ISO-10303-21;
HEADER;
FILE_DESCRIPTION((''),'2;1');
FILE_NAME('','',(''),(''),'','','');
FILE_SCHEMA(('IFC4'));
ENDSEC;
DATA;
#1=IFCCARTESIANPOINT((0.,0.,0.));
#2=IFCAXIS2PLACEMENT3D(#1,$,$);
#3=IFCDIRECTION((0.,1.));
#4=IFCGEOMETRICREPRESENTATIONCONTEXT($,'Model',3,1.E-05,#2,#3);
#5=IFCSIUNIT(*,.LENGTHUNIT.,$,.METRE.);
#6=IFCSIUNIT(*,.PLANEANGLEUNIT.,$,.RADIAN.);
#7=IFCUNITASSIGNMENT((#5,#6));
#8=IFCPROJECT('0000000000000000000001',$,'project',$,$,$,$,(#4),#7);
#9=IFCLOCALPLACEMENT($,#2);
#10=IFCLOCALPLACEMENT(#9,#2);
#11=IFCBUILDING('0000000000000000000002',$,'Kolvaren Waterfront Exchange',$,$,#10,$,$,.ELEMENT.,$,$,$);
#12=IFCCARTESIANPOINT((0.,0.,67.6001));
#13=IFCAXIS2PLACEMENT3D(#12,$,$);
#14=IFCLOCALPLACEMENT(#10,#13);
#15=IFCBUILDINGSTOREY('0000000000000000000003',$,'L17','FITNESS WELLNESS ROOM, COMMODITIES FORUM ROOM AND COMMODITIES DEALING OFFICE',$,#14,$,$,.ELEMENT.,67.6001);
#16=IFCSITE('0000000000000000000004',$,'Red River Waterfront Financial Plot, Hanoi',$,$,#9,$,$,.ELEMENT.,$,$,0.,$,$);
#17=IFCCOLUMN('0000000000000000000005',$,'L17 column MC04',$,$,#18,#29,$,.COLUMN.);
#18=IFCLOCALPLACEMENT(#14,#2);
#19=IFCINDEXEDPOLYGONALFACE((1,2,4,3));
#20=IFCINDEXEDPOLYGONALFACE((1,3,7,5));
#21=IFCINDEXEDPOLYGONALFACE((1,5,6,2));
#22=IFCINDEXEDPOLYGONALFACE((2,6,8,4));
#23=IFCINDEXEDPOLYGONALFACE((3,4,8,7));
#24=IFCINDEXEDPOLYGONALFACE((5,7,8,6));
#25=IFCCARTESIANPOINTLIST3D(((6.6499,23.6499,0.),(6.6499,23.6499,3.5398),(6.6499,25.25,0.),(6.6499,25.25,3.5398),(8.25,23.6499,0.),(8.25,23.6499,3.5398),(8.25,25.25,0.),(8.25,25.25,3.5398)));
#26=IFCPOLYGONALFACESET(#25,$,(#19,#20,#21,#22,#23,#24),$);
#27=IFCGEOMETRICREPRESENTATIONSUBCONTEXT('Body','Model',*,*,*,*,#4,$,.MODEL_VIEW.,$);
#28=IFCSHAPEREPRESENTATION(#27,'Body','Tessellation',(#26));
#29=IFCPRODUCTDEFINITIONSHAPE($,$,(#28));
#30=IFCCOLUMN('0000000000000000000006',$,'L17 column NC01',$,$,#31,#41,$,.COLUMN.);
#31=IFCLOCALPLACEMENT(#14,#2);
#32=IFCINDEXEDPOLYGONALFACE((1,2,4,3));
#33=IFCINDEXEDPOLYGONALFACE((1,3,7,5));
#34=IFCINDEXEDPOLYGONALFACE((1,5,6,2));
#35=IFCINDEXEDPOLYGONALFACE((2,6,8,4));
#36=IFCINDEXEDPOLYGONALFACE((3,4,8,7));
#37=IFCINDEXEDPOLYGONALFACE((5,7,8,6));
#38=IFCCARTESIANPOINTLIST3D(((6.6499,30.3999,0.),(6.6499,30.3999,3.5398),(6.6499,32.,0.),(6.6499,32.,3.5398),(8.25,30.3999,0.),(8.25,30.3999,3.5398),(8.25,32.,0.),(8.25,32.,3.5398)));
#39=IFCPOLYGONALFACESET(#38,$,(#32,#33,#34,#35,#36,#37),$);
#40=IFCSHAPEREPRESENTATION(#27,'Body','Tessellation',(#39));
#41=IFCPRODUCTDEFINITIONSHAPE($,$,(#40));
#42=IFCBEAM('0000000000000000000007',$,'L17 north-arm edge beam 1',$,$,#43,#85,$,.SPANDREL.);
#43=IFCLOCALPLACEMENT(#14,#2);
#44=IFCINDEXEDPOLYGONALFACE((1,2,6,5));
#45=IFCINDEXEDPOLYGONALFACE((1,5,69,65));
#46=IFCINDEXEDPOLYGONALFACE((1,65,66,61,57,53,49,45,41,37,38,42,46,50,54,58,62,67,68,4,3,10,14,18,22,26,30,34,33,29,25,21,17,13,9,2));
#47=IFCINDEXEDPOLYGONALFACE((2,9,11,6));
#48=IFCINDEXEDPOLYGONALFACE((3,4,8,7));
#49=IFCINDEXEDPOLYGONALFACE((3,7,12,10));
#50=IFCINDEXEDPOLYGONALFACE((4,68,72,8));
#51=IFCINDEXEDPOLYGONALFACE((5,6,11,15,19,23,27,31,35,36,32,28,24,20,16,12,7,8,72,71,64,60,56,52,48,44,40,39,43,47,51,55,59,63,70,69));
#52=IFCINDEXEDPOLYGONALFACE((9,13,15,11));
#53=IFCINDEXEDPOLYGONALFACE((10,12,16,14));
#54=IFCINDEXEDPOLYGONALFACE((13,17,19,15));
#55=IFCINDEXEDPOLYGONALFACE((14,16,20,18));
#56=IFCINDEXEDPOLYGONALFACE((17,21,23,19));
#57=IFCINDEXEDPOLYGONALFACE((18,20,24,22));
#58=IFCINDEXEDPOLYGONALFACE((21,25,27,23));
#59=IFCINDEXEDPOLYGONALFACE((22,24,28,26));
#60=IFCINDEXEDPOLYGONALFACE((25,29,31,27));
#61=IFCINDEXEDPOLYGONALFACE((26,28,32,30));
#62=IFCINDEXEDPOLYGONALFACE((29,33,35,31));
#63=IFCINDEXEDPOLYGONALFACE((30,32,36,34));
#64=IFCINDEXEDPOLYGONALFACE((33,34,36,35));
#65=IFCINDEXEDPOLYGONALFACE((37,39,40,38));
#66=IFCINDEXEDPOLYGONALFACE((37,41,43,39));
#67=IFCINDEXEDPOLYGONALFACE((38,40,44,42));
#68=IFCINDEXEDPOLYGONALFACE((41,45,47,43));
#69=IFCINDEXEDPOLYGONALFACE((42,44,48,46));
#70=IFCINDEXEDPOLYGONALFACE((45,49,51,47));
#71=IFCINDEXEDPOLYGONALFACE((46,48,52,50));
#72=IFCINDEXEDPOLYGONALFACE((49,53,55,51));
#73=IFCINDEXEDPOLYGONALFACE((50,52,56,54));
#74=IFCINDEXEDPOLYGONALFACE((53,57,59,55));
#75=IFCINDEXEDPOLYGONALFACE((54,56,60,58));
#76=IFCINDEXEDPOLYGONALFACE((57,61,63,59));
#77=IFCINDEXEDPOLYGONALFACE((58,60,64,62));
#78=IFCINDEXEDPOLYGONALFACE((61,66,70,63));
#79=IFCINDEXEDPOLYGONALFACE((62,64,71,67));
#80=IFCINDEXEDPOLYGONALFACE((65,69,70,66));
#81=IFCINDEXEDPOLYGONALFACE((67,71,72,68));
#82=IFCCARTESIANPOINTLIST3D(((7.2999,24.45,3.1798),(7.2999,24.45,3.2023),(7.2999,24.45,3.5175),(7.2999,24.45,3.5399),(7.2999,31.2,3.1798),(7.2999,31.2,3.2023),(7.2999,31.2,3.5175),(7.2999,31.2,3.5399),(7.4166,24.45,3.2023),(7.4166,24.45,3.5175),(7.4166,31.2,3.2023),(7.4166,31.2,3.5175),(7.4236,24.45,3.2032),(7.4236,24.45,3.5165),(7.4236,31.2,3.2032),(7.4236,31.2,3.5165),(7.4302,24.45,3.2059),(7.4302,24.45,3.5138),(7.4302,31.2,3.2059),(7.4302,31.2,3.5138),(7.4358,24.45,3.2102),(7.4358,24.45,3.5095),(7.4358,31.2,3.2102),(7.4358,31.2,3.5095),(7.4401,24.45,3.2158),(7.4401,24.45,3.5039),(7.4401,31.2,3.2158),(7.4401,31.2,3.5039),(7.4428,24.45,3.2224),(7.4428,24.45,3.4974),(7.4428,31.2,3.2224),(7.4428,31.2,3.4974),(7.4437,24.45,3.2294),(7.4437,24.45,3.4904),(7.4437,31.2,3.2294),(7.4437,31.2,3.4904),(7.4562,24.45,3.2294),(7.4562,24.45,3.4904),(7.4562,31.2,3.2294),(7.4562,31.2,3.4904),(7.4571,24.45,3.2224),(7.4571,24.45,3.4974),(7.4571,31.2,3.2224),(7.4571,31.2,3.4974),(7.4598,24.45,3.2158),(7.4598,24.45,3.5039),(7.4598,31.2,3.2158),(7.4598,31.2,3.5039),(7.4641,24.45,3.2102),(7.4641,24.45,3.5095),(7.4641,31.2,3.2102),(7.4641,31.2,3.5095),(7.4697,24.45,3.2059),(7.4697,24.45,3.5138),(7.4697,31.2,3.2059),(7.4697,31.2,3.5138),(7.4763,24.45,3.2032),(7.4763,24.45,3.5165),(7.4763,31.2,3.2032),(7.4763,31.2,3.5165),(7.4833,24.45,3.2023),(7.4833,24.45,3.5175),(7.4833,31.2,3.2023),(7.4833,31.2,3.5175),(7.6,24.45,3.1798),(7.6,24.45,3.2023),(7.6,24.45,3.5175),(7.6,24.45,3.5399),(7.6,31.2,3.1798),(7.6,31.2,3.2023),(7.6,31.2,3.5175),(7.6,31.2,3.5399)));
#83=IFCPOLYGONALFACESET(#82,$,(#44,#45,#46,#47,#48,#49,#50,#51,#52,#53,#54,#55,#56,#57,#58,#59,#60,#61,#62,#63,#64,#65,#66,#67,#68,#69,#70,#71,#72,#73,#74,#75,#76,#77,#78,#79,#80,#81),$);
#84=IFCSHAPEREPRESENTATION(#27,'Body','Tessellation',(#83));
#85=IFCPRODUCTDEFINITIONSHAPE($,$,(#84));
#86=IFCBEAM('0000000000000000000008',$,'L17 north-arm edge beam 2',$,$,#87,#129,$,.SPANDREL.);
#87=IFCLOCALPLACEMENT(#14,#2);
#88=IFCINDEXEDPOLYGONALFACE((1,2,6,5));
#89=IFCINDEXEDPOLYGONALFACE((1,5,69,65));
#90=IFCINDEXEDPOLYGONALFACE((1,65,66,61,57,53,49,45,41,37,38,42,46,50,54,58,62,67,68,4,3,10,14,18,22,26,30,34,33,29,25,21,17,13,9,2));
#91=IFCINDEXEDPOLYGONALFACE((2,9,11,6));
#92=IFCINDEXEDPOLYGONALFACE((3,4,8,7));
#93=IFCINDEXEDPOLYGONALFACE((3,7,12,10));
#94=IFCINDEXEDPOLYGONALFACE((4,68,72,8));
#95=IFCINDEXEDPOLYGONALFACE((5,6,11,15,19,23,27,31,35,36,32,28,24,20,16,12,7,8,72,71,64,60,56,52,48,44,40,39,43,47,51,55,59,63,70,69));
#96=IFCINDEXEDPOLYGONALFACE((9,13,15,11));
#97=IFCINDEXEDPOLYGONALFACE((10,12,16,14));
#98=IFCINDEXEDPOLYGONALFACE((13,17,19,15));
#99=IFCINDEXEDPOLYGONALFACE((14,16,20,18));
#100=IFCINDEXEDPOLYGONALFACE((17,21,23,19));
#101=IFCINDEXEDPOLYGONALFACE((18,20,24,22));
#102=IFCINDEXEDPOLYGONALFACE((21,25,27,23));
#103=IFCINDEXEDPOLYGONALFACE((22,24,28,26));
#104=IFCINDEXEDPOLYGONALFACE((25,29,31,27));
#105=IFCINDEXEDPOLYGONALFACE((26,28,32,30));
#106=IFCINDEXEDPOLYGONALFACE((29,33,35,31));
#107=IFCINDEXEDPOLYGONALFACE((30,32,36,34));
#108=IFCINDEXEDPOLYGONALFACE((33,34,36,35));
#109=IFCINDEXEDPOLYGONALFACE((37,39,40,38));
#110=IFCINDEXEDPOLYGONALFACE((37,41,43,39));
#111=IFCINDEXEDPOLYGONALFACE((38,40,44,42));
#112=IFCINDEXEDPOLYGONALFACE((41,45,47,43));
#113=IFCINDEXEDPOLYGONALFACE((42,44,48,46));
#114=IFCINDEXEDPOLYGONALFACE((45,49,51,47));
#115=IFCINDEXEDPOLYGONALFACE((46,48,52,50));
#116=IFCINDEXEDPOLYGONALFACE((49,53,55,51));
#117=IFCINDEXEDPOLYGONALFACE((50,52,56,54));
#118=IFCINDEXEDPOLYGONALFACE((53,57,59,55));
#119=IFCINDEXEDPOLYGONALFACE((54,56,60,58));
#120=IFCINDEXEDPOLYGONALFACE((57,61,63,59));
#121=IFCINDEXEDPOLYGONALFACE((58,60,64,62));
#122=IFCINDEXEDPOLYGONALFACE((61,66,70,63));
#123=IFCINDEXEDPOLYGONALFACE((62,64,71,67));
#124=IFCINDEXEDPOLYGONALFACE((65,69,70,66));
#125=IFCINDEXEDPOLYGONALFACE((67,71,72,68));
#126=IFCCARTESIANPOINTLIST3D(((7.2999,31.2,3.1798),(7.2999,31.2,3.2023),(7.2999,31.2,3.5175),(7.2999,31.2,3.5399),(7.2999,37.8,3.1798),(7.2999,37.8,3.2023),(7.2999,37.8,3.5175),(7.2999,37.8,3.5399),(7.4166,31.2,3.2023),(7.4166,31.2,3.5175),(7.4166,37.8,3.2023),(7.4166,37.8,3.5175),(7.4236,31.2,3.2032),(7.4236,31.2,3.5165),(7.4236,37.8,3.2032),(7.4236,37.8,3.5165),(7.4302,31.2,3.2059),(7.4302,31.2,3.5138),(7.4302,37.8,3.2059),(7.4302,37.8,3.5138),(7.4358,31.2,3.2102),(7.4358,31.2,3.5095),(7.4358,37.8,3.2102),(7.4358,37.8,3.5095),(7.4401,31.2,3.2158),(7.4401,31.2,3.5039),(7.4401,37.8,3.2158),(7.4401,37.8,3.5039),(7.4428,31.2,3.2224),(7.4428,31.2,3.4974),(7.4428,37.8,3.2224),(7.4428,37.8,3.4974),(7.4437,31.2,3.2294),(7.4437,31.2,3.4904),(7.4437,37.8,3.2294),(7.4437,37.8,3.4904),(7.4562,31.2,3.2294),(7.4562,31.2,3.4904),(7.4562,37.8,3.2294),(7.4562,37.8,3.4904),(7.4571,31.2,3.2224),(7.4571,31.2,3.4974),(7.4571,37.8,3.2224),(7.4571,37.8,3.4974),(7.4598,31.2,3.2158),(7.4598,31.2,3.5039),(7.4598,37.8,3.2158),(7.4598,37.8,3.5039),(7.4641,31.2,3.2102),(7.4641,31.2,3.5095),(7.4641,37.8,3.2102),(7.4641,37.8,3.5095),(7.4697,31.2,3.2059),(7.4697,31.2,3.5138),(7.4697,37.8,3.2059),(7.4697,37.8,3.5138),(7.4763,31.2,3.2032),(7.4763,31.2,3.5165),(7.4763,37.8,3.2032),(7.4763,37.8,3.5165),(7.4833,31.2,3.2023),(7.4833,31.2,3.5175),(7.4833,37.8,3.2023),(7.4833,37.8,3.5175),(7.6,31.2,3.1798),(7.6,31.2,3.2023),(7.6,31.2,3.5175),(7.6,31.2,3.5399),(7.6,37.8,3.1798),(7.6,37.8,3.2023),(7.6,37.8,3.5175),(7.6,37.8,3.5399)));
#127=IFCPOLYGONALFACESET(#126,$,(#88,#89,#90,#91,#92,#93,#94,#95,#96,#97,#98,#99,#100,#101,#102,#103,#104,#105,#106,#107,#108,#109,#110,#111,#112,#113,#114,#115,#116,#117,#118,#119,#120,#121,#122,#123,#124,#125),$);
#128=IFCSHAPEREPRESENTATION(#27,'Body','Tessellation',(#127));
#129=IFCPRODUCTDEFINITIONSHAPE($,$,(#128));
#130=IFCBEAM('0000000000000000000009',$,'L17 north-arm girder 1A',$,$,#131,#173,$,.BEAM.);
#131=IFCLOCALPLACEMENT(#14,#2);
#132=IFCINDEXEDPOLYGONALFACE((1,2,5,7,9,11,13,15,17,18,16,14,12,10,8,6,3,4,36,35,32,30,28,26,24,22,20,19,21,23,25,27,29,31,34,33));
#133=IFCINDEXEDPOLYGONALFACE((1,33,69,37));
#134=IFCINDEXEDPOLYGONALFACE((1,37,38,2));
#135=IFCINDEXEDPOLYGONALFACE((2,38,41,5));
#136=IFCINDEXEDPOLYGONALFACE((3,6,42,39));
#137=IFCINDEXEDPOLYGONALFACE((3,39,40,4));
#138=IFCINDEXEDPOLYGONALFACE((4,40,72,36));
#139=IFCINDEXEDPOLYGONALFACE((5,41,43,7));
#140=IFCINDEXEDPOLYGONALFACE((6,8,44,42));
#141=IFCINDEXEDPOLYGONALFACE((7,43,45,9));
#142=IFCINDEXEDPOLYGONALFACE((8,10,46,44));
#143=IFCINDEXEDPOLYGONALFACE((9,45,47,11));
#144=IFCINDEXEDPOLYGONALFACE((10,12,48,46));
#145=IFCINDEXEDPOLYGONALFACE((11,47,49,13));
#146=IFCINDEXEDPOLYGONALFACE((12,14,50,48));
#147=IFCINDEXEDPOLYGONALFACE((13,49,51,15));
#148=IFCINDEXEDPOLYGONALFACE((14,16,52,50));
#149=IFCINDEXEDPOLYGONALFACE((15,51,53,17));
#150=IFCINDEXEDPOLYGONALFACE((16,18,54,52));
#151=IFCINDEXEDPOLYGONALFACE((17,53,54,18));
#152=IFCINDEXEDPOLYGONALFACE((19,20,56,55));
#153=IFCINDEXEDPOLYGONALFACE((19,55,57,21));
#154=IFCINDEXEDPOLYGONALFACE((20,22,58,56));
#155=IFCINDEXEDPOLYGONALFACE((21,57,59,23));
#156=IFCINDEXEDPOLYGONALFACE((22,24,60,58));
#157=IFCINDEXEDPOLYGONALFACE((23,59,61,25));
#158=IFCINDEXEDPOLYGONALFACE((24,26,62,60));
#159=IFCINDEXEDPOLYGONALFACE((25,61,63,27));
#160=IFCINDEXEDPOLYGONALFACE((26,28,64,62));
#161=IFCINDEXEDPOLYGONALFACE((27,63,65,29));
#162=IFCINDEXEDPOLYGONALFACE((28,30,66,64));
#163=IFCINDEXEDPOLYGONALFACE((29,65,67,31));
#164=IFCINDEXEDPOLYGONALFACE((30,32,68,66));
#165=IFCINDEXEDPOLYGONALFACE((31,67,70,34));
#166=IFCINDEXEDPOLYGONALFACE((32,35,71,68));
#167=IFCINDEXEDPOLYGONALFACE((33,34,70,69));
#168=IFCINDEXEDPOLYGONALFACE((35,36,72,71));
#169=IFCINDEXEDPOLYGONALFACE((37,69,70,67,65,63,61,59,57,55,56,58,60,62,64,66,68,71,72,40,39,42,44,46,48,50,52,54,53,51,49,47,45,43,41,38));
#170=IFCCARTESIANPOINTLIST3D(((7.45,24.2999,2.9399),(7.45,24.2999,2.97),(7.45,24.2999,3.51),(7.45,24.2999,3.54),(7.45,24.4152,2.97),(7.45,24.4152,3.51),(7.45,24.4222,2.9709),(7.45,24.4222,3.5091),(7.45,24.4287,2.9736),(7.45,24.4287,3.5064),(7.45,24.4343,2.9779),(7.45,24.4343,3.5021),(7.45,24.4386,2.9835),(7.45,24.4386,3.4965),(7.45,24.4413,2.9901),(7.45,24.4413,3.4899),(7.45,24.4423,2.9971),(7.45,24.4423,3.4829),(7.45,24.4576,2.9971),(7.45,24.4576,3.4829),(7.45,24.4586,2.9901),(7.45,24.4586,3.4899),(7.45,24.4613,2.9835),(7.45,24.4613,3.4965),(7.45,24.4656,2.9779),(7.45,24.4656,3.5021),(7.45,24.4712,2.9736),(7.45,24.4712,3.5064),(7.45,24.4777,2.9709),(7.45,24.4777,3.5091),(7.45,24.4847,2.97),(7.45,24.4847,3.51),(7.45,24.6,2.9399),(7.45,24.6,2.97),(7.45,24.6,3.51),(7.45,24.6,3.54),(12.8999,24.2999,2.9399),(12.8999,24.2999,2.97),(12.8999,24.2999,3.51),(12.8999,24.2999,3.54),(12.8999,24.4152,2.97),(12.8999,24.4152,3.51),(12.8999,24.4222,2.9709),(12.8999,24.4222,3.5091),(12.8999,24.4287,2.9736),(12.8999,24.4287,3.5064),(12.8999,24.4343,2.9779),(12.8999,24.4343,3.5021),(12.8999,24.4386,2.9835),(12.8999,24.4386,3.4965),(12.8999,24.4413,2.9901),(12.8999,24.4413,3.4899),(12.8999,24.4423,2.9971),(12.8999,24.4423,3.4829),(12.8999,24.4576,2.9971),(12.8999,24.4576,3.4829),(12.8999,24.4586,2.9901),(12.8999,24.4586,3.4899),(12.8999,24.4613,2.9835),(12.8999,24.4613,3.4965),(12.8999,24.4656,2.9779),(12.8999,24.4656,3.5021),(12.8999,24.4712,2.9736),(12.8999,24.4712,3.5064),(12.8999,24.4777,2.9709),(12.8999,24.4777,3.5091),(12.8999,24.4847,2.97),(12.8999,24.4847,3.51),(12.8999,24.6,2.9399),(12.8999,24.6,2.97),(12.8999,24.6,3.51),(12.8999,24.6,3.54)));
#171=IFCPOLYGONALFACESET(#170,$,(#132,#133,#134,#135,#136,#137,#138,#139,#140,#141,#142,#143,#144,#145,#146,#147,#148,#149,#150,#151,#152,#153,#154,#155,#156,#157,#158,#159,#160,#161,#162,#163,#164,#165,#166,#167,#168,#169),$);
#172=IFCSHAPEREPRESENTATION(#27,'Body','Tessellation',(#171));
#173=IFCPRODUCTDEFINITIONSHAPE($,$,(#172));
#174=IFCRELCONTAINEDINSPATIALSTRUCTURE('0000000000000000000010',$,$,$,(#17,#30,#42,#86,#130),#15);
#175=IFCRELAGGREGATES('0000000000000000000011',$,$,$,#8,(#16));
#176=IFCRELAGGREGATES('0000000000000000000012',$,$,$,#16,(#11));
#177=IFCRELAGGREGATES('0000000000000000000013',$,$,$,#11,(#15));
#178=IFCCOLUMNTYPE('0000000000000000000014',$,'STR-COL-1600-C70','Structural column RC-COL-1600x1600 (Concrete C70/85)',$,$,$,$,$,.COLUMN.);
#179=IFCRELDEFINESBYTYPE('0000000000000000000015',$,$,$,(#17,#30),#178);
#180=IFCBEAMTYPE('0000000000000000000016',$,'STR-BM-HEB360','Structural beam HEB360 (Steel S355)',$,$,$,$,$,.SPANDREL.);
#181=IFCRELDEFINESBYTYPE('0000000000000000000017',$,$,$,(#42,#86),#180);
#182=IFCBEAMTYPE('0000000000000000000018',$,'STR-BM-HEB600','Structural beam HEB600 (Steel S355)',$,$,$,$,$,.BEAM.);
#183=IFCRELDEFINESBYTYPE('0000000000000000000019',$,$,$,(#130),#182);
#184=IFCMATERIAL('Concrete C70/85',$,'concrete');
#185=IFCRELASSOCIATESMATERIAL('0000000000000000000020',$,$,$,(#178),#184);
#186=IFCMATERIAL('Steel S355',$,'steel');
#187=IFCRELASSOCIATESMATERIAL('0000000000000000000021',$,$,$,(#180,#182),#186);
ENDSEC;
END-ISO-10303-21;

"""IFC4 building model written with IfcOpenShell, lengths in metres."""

from ifc_helpers import new_model, si_unit, direction, frame, origin, origin_2d, place, context, subcontext, project, spatial, rectangle, i_section, extrude, material, material_profile, profile_set, type_object, element, save


model = new_model("IFC4")

# Units and contexts
model_context = context("Model", 3, precision=1e-05, world=origin(), true_north=direction((0.0, 1.0)))
body_context = subcontext(model_context, "Body", "Model", "MODEL_VIEW")
ifc_project = project(units=[si_unit("LENGTHUNIT", "METRE"), si_unit("PLANEANGLEUNIT", "RADIAN")], contexts=[model_context])

# Site, building, storey
site_placement = place(None, origin())
site = spatial("IfcSite", under=ifc_project, at=site_placement, Name="Red River Waterfront Financial Plot, Hanoi", CompositionType="ELEMENT", RefElevation=0.0)
building_placement = place(site_placement, origin())
building = spatial("IfcBuilding", under=site, at=building_placement, Name="Kolvaren Waterfront Exchange", CompositionType="ELEMENT")
storey_placement = place(building_placement, frame((0.0, 0.0, 67.6001)))
storey = spatial("IfcBuildingStorey", under=building, at=storey_placement, Name="L17", Description="FITNESS WELLNESS ROOM, COMMODITIES FORUM ROOM AND COMMODITIES DEALING OFFICE", CompositionType="ELEMENT", Elevation=67.6001)

# Columns
ifc_material_1 = material(Name="Concrete C70/85", Category="concrete")
ifc_material_profile_1 = material_profile(ifc_material_1, rectangle(XDim=1.6001, YDim=1.6001, at=origin_2d()), Name="RC-COL-1600x1600")
ifc_profile_set_1 = profile_set([ifc_material_profile_1], Name="Concrete C70/85")
column_type = type_object("IfcColumnType", Name="STR-COL-1600-C70", Description="Structural column RC-COL-1600x1600 (Concrete C70/85)", PredefinedType="COLUMN", material=ifc_profile_set_1)
for number, where, z_axis, x_axis, name in (
    (1, (7.45, 24.45, 0.0), (0.0, 0.0, 1.0), (1.0, 0.0, 0.0), "L17 column MC04"),
    (2, (7.45, 31.2, 0.0), (0.0, 0.0, 1.0), (1.0, 0.0, 0.0), "L17 column NC01"),
):
    element("IfcColumn", number, at=place(storey_placement, frame(where, z_axis=z_axis, x_axis=x_axis)), inside=storey, type_object=column_type, Name=name, PredefinedType="COLUMN", context=body_context, shape_type="SweptSolid", body=[
        extrude(rectangle(XDim=1.6001, YDim=1.6001, at=origin_2d()), origin(), (0.0, 0.0, 1.0), 3.5398),
    ])

# Beams
ifc_material_2 = material(Name="Steel S355", Category="steel")
ifc_material_profile_2 = material_profile(ifc_material_2, i_section(OverallWidth=0.3, OverallDepth=0.3601, WebThickness=0.0125, FlangeThickness=0.0225, FilletRadius=0.0271, at=origin_2d()), Name="HEB360")
ifc_profile_set_2 = profile_set([ifc_material_profile_2], Name="Steel S355")
beam_type_1 = type_object("IfcBeamType", Name="STR-BM-HEB360", Description="Structural beam HEB360 (Steel S355)", PredefinedType="SPANDREL", material=ifc_profile_set_2)
beam_1_placement = place(storey_placement, frame((7.45, 24.45, 3.3599), z_axis=(0.0, 1.0, 0.0), x_axis=(-1.0, 0.0, 0.0)))
element("IfcBeam", 3, at=beam_1_placement, inside=storey, type_object=beam_type_1, Name="L17 north-arm edge beam 1", PredefinedType="SPANDREL", context=body_context, shape_type="SweptSolid", body=[
    extrude(i_section(OverallWidth=0.3, OverallDepth=0.3601, WebThickness=0.0125, FlangeThickness=0.0225, FilletRadius=0.0271, at=origin_2d()), origin(), (0.0, 0.0, 1.0), 6.75),
])
beam_2_placement = place(storey_placement, frame((7.45, 31.2, 3.3599), z_axis=(0.0, 1.0, 0.0), x_axis=(-1.0, 0.0, 0.0)))
element("IfcBeam", 4, at=beam_2_placement, inside=storey, type_object=beam_type_1, Name="L17 north-arm edge beam 2", PredefinedType="SPANDREL", context=body_context, shape_type="SweptSolid", body=[
    extrude(i_section(OverallWidth=0.3, OverallDepth=0.3601, WebThickness=0.0125, FlangeThickness=0.0225, FilletRadius=0.0271, at=origin_2d()), origin(), (0.0, 0.0, 1.0), 6.6001),
])
ifc_material_profile_3 = material_profile(ifc_material_2, i_section(OverallWidth=0.3, OverallDepth=0.6001, WebThickness=0.0154, FlangeThickness=0.03, FilletRadius=0.0271, at=origin_2d()), Name="HEB600")
ifc_profile_set_3 = profile_set([ifc_material_profile_3], Name="Steel S355")
beam_type_2 = type_object("IfcBeamType", Name="STR-BM-HEB600", Description="Structural beam HEB600 (Steel S355)", PredefinedType="BEAM", material=ifc_profile_set_3)
for number, where, z_axis, x_axis, name in (
    (5, (7.45, 24.45, 3.24), (1.0, 0.0, 0.0), (0.0, 1.0, 0.0), "L17 north-arm girder 1A"),
):
    element("IfcBeam", number, at=place(storey_placement, frame(where, z_axis=z_axis, x_axis=x_axis)), inside=storey, type_object=beam_type_2, Name=name, PredefinedType="BEAM", context=body_context, shape_type="SweptSolid", body=[
        extrude(i_section(OverallWidth=0.3, OverallDepth=0.6001, WebThickness=0.0154, FlangeThickness=0.03, FilletRadius=0.0271, at=origin_2d()), origin(), (0.0, 0.0, 1.0), 5.45),
    ])

save(model, "model.ifc")
